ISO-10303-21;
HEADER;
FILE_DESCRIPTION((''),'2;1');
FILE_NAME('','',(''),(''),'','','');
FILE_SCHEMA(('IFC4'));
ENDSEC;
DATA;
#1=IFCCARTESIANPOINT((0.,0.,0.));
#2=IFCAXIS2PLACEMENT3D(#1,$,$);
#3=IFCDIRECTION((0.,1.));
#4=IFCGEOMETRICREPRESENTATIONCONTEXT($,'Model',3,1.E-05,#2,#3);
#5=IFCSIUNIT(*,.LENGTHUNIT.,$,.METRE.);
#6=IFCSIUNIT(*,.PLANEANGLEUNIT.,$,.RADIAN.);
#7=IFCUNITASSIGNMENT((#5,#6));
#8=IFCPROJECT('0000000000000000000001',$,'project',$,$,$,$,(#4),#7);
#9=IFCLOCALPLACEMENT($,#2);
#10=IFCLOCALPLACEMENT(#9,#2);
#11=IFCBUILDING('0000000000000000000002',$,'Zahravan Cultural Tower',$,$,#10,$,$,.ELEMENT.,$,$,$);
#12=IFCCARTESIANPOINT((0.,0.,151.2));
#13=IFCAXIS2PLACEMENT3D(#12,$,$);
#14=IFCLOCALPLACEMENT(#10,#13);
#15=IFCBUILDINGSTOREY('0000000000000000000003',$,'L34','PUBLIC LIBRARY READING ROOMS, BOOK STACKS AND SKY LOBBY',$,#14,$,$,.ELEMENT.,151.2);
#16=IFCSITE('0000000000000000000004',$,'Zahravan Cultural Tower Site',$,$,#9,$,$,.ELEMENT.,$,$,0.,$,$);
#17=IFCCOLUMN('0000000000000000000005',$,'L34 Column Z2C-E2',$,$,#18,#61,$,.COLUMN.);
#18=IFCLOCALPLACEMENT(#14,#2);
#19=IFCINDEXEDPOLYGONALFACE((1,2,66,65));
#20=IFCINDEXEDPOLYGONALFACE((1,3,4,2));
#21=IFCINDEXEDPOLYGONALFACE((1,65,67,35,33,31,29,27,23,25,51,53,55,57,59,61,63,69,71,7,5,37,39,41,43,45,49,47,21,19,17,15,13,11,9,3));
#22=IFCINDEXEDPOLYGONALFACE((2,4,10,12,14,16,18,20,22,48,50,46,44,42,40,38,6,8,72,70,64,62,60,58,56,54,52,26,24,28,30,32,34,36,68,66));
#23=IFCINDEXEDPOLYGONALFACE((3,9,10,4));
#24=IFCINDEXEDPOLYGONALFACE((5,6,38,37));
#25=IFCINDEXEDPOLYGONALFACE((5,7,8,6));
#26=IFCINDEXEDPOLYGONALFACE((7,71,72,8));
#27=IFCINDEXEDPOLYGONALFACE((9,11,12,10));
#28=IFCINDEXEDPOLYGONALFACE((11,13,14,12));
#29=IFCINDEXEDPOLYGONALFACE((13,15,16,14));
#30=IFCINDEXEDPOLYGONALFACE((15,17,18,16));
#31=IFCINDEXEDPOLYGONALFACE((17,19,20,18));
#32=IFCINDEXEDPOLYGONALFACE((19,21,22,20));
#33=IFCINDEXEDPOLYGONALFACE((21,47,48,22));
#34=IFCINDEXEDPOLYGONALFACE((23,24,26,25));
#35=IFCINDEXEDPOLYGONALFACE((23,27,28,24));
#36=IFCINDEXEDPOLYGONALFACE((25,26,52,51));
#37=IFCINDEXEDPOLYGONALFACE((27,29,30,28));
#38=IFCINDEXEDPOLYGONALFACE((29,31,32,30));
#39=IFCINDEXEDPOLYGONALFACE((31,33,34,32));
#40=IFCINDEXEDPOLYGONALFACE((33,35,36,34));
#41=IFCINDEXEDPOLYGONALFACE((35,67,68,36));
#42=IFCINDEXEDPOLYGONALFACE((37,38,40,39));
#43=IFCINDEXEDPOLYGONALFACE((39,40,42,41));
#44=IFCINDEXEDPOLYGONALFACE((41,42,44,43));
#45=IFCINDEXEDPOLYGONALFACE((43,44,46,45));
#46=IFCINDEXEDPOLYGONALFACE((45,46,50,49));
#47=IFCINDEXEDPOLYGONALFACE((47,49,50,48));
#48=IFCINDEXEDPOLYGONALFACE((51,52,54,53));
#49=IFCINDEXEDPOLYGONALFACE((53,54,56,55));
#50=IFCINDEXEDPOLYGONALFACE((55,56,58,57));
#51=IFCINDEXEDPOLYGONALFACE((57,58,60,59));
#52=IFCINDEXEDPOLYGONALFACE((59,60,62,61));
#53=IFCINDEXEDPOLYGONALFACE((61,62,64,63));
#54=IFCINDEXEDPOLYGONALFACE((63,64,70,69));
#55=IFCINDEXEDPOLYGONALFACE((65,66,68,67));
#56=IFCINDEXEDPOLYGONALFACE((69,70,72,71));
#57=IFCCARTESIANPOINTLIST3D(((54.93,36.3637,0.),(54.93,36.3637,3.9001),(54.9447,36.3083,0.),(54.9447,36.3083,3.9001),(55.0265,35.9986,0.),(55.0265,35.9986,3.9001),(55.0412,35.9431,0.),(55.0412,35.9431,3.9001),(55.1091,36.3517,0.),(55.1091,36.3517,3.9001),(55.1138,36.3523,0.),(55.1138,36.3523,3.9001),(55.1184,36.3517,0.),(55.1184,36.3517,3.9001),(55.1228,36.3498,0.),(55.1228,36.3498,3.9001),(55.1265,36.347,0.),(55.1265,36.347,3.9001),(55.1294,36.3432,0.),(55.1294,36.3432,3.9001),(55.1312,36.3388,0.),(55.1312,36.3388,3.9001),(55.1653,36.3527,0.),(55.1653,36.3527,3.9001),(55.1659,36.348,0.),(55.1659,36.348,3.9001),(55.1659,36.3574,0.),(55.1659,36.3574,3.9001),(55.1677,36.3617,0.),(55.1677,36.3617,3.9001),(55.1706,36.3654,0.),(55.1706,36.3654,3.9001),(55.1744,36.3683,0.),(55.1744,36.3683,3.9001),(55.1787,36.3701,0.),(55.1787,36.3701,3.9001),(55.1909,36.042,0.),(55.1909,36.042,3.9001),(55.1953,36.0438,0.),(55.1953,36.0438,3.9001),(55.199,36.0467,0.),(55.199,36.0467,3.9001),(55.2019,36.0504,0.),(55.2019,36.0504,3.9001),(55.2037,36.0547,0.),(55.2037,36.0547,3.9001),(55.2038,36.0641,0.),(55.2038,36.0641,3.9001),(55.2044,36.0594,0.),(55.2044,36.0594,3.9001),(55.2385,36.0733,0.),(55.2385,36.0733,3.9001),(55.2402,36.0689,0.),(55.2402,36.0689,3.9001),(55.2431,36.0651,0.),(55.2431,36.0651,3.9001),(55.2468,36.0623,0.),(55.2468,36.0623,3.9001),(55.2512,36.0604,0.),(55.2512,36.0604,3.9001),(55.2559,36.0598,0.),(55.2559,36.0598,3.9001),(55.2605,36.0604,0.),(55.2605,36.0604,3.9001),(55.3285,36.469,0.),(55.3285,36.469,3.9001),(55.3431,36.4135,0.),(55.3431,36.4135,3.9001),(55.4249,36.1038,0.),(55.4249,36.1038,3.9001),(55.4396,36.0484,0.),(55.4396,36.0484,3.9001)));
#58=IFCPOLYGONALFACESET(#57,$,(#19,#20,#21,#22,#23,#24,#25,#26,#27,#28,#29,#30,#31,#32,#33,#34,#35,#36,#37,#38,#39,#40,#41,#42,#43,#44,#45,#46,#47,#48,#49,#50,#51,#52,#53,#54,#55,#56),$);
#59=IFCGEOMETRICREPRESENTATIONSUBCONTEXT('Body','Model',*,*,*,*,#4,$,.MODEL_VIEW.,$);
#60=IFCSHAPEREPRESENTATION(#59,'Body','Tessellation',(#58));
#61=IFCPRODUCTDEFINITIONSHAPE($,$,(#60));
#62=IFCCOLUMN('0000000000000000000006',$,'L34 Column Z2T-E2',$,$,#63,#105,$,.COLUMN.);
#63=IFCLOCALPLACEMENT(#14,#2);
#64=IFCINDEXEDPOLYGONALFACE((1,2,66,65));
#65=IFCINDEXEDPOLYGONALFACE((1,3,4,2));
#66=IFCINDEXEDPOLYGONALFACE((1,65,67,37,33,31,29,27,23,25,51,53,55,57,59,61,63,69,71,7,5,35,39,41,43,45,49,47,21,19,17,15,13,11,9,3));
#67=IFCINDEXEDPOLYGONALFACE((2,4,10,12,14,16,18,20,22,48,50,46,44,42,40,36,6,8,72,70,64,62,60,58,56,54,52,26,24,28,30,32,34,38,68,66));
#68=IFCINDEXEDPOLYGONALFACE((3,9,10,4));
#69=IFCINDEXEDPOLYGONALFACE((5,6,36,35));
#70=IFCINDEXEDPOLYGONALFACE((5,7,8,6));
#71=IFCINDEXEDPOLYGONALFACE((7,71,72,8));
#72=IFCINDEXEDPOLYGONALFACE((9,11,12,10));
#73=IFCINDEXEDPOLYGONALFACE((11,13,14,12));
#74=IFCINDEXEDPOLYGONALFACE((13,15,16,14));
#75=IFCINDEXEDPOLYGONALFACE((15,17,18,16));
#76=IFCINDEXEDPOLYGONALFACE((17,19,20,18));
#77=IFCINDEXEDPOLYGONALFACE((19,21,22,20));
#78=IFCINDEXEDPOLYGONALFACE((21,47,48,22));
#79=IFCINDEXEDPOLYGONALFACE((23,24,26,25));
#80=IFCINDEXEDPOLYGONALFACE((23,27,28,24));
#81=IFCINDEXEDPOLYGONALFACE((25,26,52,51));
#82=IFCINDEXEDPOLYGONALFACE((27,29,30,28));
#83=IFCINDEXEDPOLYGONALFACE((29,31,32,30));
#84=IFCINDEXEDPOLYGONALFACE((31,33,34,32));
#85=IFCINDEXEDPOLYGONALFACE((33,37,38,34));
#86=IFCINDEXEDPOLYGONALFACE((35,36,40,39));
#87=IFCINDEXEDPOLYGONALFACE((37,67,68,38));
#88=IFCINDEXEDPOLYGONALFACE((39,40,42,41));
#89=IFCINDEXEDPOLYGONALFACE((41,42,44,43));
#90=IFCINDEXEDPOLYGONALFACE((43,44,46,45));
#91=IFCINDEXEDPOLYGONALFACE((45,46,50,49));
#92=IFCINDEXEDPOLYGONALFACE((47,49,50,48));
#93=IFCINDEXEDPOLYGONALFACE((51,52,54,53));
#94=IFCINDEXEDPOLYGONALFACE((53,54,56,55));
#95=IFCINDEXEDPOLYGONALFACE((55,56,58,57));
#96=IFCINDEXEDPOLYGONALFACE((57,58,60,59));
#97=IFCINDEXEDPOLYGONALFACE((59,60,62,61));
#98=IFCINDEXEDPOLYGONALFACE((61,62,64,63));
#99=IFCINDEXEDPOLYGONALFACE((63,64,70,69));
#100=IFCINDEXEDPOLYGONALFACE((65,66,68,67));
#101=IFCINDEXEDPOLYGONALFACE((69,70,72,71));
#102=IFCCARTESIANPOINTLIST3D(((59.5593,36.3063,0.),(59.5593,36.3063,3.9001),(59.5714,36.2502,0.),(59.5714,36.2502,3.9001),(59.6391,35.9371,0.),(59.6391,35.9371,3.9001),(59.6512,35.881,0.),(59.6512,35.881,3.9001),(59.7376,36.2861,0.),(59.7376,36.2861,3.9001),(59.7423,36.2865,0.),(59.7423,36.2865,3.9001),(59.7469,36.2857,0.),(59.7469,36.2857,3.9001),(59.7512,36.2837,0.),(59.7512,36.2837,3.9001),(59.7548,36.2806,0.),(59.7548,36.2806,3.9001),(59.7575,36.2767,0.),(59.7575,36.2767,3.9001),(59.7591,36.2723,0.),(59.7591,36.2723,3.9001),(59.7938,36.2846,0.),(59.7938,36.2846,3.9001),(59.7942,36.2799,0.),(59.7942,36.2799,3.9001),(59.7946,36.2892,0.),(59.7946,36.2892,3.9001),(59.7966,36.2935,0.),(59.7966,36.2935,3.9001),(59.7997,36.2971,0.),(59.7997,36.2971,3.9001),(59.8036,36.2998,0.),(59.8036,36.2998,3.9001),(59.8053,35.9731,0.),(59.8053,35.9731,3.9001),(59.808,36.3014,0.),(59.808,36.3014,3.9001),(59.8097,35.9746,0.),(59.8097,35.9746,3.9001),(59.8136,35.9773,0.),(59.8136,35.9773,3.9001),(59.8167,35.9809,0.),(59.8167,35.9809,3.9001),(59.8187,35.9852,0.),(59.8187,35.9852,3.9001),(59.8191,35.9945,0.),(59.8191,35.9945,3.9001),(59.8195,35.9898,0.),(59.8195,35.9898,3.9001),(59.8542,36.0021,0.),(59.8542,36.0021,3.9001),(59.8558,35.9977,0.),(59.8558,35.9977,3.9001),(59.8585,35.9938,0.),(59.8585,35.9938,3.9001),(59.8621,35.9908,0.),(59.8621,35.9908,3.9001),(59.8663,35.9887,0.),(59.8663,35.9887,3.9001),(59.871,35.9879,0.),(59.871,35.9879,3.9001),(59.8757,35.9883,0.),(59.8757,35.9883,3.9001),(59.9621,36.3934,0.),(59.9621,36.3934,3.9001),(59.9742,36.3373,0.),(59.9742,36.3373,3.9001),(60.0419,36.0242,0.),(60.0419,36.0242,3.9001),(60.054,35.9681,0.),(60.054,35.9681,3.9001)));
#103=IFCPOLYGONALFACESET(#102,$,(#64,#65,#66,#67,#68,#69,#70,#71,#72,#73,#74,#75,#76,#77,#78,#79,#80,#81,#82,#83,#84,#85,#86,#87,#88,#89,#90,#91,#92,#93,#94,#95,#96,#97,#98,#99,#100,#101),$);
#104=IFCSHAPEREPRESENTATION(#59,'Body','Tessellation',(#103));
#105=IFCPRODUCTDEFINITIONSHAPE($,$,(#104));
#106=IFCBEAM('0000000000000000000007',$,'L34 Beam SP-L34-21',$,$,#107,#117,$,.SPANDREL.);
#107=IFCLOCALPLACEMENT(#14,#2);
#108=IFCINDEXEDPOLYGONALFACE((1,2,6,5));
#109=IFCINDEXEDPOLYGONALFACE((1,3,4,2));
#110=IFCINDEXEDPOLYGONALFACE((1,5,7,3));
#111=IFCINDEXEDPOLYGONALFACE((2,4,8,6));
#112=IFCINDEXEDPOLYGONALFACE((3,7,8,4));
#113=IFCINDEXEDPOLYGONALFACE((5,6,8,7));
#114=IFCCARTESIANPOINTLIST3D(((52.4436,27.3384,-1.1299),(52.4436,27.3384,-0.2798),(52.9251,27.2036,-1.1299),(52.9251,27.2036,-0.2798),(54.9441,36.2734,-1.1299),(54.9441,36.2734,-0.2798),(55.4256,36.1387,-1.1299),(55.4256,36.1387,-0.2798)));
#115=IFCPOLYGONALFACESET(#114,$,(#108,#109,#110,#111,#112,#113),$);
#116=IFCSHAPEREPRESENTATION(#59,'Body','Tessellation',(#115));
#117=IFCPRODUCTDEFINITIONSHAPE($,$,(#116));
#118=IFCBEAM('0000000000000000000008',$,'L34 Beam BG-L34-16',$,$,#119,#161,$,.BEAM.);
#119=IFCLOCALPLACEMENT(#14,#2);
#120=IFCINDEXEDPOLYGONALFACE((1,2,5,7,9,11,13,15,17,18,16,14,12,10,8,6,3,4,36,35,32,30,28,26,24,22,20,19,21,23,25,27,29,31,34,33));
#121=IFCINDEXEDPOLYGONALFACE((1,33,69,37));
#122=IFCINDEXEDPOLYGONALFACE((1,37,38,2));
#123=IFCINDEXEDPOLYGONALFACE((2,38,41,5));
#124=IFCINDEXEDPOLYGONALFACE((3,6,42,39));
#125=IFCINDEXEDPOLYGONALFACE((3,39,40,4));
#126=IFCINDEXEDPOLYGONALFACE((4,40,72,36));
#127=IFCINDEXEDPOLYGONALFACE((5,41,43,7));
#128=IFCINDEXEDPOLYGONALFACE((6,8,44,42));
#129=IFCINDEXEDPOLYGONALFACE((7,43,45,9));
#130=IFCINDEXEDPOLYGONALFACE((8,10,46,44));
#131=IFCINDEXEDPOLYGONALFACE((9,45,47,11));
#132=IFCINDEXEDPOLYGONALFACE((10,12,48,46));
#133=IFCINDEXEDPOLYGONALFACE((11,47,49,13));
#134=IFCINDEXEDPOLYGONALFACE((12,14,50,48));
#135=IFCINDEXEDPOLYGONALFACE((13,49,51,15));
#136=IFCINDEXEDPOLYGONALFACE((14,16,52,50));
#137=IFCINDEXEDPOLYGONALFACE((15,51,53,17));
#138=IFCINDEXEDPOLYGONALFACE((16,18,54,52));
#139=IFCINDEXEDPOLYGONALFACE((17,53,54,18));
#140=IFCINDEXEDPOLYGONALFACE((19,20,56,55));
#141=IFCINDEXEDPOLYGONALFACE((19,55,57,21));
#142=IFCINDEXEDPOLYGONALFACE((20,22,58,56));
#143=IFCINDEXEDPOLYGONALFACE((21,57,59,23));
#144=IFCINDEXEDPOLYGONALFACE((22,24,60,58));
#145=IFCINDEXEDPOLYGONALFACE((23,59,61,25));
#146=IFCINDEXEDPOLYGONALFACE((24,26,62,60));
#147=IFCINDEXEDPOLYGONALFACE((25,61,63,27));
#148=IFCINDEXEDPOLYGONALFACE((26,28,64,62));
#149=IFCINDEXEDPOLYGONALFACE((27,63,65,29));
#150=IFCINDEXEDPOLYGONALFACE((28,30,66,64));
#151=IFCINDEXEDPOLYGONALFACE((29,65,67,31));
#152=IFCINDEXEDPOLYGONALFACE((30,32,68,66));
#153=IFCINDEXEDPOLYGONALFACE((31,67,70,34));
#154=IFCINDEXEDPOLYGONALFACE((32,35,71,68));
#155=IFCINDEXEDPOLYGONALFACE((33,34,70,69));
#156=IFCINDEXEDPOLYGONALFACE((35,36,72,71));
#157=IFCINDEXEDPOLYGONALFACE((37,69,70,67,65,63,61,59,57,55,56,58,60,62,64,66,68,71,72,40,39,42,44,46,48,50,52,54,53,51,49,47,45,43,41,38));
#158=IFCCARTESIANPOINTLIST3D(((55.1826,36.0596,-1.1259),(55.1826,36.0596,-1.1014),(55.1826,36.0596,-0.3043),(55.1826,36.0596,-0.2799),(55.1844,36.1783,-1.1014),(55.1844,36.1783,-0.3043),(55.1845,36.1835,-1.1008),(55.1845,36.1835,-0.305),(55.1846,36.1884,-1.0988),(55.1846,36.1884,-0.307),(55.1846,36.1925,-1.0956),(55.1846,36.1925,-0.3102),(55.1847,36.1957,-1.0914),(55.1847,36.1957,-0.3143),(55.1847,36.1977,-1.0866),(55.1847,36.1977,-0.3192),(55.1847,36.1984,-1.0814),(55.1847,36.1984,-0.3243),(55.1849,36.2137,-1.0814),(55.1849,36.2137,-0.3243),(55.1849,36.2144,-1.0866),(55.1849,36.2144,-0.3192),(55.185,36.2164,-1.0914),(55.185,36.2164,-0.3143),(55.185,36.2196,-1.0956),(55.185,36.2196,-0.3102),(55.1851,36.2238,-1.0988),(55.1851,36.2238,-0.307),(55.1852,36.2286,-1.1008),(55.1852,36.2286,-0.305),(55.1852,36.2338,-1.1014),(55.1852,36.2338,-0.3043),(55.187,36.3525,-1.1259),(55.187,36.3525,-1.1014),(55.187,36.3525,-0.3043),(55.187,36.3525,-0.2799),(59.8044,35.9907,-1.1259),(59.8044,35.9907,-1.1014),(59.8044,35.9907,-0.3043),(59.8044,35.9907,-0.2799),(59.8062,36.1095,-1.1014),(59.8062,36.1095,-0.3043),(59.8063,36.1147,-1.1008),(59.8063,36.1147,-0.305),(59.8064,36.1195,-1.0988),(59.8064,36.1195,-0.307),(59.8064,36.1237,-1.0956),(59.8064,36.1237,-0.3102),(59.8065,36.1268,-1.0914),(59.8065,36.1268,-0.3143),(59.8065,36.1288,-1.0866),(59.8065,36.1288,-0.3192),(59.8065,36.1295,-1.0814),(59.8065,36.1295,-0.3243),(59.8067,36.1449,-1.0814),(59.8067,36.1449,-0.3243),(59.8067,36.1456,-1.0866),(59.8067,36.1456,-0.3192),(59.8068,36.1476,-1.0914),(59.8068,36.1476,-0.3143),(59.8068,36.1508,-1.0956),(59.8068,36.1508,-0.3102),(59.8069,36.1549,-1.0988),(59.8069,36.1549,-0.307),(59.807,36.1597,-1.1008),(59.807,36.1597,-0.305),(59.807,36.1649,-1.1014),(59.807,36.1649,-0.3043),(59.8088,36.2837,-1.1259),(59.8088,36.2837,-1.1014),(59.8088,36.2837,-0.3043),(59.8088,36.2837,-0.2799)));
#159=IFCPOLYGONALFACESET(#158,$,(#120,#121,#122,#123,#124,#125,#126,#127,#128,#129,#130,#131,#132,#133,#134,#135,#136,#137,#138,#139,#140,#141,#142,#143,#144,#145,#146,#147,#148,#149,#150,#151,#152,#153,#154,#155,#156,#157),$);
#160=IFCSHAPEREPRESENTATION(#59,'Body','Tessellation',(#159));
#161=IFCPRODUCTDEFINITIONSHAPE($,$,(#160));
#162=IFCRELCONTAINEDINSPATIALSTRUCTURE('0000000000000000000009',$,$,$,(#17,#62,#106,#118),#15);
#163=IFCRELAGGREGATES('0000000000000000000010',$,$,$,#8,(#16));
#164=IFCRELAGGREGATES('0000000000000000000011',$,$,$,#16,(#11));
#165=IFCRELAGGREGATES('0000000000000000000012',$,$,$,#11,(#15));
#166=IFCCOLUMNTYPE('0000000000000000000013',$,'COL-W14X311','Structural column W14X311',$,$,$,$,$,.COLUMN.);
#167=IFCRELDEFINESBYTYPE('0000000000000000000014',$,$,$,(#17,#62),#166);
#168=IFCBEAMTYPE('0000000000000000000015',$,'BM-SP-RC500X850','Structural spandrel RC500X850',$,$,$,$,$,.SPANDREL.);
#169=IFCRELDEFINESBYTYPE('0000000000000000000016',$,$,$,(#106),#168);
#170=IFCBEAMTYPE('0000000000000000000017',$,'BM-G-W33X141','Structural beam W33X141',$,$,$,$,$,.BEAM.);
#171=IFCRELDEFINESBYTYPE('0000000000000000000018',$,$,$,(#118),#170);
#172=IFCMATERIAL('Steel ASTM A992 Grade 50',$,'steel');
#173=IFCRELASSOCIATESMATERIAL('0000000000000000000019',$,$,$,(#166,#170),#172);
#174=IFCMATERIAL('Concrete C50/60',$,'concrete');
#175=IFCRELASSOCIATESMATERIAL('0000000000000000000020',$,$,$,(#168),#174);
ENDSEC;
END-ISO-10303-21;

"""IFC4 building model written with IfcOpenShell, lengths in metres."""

from ifc_helpers import new_model, si_unit, direction, frame, origin, origin_2d, place, context, subcontext, project, spatial, rectangle, i_section, extrude, source, transform, mapped, material, material_profile, profile_set, type_object, element, save


model = new_model("IFC4")

# Units and contexts
model_context = context("Model", 3, precision=1e-05, world=origin(), true_north=direction((0.0, 1.0)))
body_context = subcontext(model_context, "Body", "Model", "MODEL_VIEW")
ifc_project = project(units=[si_unit("LENGTHUNIT", "METRE"), si_unit("PLANEANGLEUNIT", "RADIAN")], contexts=[model_context])

# Site, building, storey
site_placement = place(None, origin())
site = spatial("IfcSite", under=ifc_project, at=site_placement, Name="Zahravan Cultural Tower Site", CompositionType="ELEMENT", RefElevation=0.0)
building_placement = place(site_placement, origin())
building = spatial("IfcBuilding", under=site, at=building_placement, Name="Zahravan Cultural Tower", CompositionType="ELEMENT")
storey_placement = place(building_placement, frame((0.0, 0.0, 151.2)))
storey = spatial("IfcBuildingStorey", under=building, at=storey_placement, Name="L34", Description="PUBLIC LIBRARY READING ROOMS, BOOK STACKS AND SKY LOBBY", CompositionType="ELEMENT", Elevation=151.2)

# Columns
ifc_material_1 = material(Name="Steel ASTM A992 Grade 50", Category="steel")
ifc_material_profile_1 = material_profile(ifc_material_1, i_section(OverallWidth=0.4121, OverallDepth=0.4351, WebThickness=0.0359, FlangeThickness=0.0574, FilletRadius=0.0181, at=origin_2d()), Name="W14X311")
ifc_profile_set_1 = profile_set([ifc_material_profile_1], Name="Steel ASTM A992 Grade 50")
column_type = type_object("IfcColumnType", Name="COL-W14X311", Description="Structural column W14X311", PredefinedType="COLUMN", material=ifc_profile_set_1)
shared_shape_1 = source(origin(), body_context, "Body", "SweptSolid", [
    extrude(i_section(OverallWidth=0.4121, OverallDepth=0.4351, WebThickness=0.0359, FlangeThickness=0.0574, FilletRadius=0.0181, at=origin_2d()), origin(), (0.0, 0.0, 1.0), 3.9001),
])
for number, where, z_axis, x_axis, name in (
    (1, (55.1848, 36.2061, 0.0), (0.0, 0.0, 1.0), (0.966823, 0.255446, 0.0), "L34 Column Z2C-E2"),
    (2, (59.8066, 36.1372, 0.0), (0.0, 0.0, 1.0), (0.977416, 0.211325, 0.0), "L34 Column Z2T-E2"),
):
    element("IfcColumn", number, at=place(storey_placement, frame(where, z_axis=z_axis, x_axis=x_axis)), inside=storey, type_object=column_type, Name=name, PredefinedType="COLUMN", context=body_context, shape_type="MappedRepresentation", body=[
        mapped(shared_shape_1, transform((0.0, 0.0, 0.0), x_axis=(1.0, 0.0, 0.0), y_axis=(0.0, 1.0, 0.0), z_axis=(0.0, 0.0, 1.0), scale=1.0)),
    ])

# Beams
ifc_material_2 = material(Name="Concrete C50/60", Category="concrete")
ifc_material_profile_2 = material_profile(ifc_material_2, rectangle(XDim=0.5, YDim=0.8501, at=origin_2d()), Name="RC500X850")
ifc_profile_set_2 = profile_set([ifc_material_profile_2], Name="Concrete C50/60")
beam_type_1 = type_object("IfcBeamType", Name="BM-SP-RC500X850", Description="Structural spandrel RC500X850", PredefinedType="SPANDREL", material=ifc_profile_set_2)
shared_shape_2 = source(origin(), body_context, "Body", "SweptSolid", [
    extrude(rectangle(XDim=0.5, YDim=0.8501, at=origin_2d()), origin(), (0.0, 0.0, 1.0), 9.2783),
])
beam_1_placement = place(storey_placement, frame((52.6843, 27.271, -0.7048), z_axis=(0.269497, 0.963001, 0.0), x_axis=(-0.963001, 0.269497, 0.0)))
element("IfcBeam", 3, at=beam_1_placement, inside=storey, type_object=beam_type_1, Name="L34 Beam SP-L34-21", PredefinedType="SPANDREL", context=body_context, shape_type="MappedRepresentation", body=[
    mapped(shared_shape_2, transform((0.0, 0.0, 0.0), x_axis=(1.0, 0.0, 0.0), y_axis=(0.0, 1.0, 0.0), z_axis=(0.0, 0.0, 1.0), scale=1.0)),
])
ifc_material_profile_3 = material_profile(ifc_material_1, i_section(OverallWidth=0.293, OverallDepth=0.8459, WebThickness=0.0154, FlangeThickness=0.0244, FilletRadius=0.02, at=origin_2d()), Name="W33X141")
ifc_profile_set_3 = profile_set([ifc_material_profile_3], Name="Steel ASTM A992 Grade 50")
beam_type_2 = type_object("IfcBeamType", Name="BM-G-W33X141", Description="Structural beam W33X141", PredefinedType="BEAM", material=ifc_profile_set_3)
shared_shape_3 = source(origin(), body_context, "Body", "SweptSolid", [
    extrude(i_section(OverallWidth=0.293, OverallDepth=0.8459, WebThickness=0.0154, FlangeThickness=0.0244, FilletRadius=0.02, at=origin_2d()), origin(), (0.0, 0.0, 1.0), 4.6223),
])
beam_2_placement = place(storey_placement, frame((55.1848, 36.2061, -0.7029), z_axis=(0.999889, -0.014895, 0.0), x_axis=(0.014895, 0.999889, 0.0)))
element("IfcBeam", 4, at=beam_2_placement, inside=storey, type_object=beam_type_2, Name="L34 Beam BG-L34-16", PredefinedType="BEAM", context=body_context, shape_type="MappedRepresentation", body=[
    mapped(shared_shape_3, transform((0.0, 0.0, 0.0), x_axis=(1.0, 0.0, 0.0), y_axis=(0.0, 1.0, 0.0), z_axis=(0.0, 0.0, 1.0), scale=1.0)),
])

save(model, "model.ifc")
